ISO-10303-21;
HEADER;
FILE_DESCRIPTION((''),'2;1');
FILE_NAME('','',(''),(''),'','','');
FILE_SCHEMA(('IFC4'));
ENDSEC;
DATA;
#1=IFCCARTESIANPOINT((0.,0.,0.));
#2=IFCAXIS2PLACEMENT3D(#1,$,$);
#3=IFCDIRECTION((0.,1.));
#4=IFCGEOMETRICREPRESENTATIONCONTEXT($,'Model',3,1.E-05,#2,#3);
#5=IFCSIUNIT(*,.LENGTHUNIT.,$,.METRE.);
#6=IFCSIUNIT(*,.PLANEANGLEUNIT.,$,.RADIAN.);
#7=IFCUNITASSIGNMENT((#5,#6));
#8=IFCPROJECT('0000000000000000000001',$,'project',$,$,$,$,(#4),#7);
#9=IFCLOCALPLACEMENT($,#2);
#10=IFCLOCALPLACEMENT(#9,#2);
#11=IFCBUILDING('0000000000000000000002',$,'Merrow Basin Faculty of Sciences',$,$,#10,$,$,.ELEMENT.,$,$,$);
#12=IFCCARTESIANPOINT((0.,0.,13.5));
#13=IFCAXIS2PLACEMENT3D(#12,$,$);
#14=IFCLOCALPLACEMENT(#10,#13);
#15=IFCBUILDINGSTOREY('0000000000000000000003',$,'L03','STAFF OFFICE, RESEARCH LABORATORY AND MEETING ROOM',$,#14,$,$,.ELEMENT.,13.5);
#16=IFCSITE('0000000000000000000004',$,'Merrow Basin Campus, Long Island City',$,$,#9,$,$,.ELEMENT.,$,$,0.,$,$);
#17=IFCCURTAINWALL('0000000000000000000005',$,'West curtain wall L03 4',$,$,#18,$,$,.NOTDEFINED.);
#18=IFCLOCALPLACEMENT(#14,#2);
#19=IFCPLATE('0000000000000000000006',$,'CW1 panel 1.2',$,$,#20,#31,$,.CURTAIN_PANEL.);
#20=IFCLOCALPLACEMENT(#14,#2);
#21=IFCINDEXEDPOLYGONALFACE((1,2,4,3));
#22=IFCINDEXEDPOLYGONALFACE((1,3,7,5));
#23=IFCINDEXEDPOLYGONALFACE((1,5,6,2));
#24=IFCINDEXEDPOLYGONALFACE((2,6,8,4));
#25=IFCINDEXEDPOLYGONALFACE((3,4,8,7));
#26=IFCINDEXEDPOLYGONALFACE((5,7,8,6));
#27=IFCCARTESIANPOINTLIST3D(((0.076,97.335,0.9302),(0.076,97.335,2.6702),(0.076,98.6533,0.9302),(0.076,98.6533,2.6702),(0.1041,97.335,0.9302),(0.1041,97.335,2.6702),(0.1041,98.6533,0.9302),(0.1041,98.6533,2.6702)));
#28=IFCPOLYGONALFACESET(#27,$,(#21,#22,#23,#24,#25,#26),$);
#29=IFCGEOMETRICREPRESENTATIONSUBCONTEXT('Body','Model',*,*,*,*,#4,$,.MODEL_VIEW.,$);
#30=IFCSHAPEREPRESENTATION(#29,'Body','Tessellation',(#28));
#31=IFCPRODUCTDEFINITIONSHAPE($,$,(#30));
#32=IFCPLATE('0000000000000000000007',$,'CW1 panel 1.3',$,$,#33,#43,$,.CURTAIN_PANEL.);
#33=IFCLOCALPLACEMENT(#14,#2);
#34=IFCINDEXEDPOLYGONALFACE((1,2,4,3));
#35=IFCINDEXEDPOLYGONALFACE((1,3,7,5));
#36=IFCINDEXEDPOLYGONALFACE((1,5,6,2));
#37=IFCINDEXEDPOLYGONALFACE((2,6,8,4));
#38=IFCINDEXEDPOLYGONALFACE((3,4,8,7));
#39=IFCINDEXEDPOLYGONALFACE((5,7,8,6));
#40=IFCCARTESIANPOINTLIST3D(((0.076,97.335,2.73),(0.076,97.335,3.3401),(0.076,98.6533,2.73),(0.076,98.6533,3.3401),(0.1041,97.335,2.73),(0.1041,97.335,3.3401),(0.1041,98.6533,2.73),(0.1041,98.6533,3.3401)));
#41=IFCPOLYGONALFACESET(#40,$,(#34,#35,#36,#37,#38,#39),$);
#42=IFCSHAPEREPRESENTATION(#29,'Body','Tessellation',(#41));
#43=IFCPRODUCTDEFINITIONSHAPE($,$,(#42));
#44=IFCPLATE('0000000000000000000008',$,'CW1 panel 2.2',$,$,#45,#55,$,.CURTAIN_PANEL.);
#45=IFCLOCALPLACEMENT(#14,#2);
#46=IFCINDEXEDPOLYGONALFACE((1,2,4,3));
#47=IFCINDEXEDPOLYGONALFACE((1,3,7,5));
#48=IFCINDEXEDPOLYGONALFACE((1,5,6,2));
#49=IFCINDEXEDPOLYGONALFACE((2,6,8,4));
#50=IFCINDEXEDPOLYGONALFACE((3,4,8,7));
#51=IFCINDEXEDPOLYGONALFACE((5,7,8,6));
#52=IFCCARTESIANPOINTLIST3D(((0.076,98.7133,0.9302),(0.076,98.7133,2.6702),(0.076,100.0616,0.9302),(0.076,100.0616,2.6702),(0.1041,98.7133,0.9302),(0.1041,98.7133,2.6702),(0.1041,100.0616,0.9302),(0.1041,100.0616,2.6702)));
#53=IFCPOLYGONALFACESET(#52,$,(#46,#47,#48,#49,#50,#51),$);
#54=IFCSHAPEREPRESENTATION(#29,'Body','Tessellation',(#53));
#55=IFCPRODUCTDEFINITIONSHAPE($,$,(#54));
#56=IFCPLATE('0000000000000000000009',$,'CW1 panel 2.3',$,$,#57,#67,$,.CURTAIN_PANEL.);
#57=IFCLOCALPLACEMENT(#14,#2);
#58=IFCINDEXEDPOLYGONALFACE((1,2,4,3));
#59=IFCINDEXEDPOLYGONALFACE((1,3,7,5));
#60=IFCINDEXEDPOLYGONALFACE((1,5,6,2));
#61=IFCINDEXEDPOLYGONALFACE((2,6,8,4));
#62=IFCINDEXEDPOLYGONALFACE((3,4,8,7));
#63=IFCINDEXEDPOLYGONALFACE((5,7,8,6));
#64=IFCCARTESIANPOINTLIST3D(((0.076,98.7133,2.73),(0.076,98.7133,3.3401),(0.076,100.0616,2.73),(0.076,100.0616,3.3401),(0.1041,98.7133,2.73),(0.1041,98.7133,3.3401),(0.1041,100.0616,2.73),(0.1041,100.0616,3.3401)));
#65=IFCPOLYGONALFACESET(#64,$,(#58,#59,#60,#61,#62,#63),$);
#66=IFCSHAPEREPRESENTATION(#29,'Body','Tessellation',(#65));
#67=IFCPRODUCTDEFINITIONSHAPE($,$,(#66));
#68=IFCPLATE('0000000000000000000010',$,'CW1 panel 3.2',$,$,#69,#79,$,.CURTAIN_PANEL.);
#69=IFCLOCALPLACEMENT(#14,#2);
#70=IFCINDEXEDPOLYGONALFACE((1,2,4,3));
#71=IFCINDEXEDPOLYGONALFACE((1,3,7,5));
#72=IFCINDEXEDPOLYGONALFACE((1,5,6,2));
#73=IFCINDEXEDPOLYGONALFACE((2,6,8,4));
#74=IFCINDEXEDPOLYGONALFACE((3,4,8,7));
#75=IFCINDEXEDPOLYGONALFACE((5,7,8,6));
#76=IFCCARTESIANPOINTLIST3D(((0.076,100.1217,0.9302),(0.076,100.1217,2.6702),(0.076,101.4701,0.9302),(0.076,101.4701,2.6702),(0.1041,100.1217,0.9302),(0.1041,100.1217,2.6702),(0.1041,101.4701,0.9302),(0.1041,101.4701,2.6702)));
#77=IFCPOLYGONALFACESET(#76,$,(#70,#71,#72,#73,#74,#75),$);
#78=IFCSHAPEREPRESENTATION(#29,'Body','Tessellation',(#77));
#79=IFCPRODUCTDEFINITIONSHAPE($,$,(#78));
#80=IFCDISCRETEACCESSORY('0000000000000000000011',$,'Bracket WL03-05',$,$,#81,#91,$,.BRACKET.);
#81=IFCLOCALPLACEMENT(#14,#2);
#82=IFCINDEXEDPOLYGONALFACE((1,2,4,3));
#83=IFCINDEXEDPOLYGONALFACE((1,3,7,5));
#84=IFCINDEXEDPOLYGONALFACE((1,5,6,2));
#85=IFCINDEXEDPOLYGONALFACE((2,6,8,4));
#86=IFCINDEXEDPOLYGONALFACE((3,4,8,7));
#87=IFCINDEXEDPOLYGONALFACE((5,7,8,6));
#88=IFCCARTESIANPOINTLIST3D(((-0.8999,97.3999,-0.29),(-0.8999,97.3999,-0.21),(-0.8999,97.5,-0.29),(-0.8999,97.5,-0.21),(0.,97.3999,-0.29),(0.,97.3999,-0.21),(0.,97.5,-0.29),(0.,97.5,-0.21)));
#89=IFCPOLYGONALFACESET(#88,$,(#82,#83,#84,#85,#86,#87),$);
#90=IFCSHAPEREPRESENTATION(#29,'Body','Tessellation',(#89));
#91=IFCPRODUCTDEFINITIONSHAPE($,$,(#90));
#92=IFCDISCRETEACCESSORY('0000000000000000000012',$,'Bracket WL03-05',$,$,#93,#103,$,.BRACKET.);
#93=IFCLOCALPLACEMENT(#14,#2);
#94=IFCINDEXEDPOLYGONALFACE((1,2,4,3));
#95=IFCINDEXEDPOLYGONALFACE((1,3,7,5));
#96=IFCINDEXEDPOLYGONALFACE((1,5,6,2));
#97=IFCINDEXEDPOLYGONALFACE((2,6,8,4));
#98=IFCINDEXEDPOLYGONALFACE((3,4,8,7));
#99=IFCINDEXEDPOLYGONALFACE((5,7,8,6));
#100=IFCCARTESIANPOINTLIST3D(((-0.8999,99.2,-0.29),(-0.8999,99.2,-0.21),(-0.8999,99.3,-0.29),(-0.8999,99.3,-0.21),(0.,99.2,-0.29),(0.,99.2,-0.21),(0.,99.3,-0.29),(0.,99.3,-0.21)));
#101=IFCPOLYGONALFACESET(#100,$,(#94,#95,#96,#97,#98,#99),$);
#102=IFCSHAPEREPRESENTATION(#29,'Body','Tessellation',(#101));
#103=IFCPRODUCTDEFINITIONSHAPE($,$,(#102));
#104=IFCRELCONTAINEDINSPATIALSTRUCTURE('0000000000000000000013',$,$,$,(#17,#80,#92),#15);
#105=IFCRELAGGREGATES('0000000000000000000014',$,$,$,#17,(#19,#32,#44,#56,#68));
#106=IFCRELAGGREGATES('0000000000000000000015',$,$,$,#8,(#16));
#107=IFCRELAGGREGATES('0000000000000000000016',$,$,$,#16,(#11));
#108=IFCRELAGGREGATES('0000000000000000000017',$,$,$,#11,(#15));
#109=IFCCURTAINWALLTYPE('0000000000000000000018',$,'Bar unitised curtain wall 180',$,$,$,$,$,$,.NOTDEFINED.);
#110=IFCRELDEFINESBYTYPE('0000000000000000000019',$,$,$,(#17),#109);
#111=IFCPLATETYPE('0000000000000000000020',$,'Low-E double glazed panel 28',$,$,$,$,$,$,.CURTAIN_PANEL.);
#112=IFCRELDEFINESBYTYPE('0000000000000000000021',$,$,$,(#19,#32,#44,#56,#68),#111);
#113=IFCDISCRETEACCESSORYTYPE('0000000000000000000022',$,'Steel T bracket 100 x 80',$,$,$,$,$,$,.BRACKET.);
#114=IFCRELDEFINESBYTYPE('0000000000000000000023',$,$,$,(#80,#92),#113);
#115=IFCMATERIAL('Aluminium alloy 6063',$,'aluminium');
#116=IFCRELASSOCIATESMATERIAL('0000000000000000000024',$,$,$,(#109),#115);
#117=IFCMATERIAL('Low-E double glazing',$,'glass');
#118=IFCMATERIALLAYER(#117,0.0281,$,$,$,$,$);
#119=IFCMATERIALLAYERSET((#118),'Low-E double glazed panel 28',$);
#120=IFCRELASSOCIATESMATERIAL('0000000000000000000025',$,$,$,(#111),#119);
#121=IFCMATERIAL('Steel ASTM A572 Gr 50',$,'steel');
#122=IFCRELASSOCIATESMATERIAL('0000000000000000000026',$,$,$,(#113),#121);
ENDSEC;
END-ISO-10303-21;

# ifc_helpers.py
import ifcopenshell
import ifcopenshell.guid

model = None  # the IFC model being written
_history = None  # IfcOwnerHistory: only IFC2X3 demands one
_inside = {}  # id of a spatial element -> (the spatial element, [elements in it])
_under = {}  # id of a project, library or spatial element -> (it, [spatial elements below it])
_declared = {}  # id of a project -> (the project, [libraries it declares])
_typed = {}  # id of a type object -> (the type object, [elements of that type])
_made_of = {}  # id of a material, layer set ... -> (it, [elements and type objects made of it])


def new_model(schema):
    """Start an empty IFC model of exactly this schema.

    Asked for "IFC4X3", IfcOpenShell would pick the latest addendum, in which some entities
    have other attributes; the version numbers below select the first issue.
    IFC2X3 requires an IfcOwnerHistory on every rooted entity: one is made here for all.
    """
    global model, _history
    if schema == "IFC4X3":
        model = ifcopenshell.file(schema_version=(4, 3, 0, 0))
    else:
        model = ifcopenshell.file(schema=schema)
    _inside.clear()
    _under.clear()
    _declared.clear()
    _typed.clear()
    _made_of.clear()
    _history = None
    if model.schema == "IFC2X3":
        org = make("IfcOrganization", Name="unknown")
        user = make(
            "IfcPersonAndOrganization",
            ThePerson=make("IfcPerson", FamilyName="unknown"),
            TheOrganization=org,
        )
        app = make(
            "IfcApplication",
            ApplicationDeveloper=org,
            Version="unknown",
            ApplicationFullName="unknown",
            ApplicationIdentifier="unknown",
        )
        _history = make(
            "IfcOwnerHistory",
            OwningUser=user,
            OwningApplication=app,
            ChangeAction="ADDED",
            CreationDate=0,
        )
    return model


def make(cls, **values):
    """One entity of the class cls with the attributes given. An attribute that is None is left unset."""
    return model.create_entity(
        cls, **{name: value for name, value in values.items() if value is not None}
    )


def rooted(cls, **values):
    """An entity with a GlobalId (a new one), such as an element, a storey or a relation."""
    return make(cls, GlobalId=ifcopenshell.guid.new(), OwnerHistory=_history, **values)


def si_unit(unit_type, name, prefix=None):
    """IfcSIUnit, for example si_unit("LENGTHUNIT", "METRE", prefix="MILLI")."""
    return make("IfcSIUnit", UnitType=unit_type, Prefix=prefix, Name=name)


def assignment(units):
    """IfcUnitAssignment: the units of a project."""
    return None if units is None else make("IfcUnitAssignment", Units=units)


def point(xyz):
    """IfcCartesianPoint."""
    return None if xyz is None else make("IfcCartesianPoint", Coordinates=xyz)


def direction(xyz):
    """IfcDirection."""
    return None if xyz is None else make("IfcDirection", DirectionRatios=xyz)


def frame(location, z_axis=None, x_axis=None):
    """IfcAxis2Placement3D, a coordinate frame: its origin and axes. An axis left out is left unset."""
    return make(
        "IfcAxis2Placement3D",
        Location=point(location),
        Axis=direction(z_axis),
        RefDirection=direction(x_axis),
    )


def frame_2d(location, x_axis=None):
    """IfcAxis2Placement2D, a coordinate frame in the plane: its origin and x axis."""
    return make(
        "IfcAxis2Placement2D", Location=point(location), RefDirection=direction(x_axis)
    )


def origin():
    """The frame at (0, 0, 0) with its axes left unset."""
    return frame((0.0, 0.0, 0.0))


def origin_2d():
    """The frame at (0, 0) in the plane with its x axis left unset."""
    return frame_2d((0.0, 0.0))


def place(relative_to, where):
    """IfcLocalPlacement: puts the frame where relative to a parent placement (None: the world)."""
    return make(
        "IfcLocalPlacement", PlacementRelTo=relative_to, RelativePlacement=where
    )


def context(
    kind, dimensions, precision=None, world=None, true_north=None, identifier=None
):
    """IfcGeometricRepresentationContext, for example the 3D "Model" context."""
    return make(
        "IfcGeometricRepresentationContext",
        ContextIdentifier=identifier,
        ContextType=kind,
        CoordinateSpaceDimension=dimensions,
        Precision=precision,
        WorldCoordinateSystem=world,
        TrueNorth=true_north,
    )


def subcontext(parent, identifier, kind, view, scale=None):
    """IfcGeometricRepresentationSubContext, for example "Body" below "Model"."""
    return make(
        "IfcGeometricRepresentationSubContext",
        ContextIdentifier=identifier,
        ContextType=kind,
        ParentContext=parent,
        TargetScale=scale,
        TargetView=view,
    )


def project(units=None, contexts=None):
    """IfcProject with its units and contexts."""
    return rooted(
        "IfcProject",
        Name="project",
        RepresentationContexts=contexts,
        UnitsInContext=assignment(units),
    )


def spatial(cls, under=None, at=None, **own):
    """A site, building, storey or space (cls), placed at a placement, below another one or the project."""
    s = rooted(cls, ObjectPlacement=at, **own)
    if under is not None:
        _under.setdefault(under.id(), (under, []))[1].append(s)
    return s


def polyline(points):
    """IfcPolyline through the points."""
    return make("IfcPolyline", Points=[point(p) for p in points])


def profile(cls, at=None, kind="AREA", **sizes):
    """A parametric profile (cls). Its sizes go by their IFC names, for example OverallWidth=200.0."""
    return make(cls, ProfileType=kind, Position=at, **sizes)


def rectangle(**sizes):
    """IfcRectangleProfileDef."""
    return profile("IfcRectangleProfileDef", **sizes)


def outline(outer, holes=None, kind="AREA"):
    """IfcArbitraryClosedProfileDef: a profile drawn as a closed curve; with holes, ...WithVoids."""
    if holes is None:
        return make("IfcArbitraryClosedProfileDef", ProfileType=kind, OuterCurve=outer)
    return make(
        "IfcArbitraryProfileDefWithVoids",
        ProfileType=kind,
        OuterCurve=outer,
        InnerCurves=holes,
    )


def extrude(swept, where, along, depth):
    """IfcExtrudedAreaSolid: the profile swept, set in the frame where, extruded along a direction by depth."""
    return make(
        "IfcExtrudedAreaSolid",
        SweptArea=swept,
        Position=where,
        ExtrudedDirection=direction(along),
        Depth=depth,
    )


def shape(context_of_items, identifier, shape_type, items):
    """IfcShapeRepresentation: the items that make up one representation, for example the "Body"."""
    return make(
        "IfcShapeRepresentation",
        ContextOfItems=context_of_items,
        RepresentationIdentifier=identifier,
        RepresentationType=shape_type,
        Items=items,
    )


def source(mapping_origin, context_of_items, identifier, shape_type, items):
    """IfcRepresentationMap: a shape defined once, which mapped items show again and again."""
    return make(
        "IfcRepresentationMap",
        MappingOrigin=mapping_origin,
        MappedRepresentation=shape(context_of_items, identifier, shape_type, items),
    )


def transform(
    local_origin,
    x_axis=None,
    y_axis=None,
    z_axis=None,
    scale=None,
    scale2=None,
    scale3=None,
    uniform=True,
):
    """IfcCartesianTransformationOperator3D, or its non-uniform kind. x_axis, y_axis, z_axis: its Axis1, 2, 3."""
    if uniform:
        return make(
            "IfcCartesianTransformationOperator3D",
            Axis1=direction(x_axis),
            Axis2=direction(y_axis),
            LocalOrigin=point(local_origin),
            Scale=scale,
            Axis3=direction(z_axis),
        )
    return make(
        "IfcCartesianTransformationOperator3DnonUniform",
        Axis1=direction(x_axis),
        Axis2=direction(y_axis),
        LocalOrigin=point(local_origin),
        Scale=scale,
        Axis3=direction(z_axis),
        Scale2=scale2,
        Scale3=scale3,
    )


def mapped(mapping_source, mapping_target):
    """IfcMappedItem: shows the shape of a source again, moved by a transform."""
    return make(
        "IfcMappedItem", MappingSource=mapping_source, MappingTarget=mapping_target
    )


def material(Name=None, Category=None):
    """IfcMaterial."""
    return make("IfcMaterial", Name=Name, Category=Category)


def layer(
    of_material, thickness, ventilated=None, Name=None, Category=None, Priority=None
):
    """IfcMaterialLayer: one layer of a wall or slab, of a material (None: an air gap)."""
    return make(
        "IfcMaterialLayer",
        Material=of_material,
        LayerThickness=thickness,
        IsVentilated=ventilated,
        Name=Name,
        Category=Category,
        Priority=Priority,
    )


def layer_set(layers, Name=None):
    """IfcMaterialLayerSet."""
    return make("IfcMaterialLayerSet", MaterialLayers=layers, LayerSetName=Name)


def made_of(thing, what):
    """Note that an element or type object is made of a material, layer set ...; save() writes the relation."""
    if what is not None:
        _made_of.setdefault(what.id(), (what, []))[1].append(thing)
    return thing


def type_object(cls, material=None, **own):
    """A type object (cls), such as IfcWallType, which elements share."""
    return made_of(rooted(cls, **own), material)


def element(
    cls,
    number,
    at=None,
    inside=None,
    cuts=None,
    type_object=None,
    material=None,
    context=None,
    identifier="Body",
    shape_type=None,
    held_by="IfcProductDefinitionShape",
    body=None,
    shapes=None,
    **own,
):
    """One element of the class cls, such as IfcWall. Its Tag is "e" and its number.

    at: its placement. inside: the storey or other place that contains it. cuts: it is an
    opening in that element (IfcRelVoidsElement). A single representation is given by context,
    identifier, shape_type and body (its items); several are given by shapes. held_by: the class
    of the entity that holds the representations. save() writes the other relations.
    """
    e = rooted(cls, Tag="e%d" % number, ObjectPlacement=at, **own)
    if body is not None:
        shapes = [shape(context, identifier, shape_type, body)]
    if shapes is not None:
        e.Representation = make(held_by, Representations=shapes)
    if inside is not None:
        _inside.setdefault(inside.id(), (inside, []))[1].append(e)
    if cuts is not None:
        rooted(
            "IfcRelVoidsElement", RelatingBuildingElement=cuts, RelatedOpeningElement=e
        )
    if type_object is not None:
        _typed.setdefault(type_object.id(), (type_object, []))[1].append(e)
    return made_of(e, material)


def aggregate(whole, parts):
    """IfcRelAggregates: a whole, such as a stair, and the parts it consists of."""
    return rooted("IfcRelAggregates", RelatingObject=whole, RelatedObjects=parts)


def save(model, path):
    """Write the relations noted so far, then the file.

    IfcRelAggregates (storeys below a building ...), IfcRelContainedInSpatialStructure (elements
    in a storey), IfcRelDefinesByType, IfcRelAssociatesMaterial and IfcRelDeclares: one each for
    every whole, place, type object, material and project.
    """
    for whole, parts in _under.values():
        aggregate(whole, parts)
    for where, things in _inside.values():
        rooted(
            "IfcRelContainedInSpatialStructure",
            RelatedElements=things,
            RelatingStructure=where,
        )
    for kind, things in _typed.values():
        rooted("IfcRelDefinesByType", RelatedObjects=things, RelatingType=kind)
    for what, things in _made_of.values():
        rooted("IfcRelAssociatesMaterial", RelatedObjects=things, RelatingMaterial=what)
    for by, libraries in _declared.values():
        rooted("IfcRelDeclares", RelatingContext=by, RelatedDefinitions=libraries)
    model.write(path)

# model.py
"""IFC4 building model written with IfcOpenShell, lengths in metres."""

from ifc_helpers import new_model, si_unit, direction, frame, origin, origin_2d, place, context, subcontext, project, spatial, polyline, rectangle, outline, extrude, source, transform, mapped, material, layer, layer_set, type_object, element, aggregate, save


model = new_model("IFC4")

# Units and contexts
model_context = context("Model", 3, precision=1e-05, world=origin(), true_north=direction((0.0, 1.0)))
body_context = subcontext(model_context, "Body", "Model", "MODEL_VIEW")
ifc_project = project(units=[si_unit("LENGTHUNIT", "METRE"), si_unit("PLANEANGLEUNIT", "RADIAN")], contexts=[model_context])

# Site, building, storey
site_placement = place(None, origin())
site = spatial("IfcSite", under=ifc_project, at=site_placement, Name="Merrow Basin Campus, Long Island City", CompositionType="ELEMENT", RefElevation=0.0)
building_placement = place(site_placement, origin())
building = spatial("IfcBuilding", under=site, at=building_placement, Name="Merrow Basin Faculty of Sciences", CompositionType="ELEMENT")
storey_placement = place(building_placement, frame((0.0, 0.0, 13.5)))
storey = spatial("IfcBuildingStorey", under=building, at=storey_placement, Name="L03", Description="STAFF OFFICE, RESEARCH LABORATORY AND MEETING ROOM", CompositionType="ELEMENT", Elevation=13.5)

# Curtain wall, plates
ifc_material_1 = material(Name="Aluminium alloy 6063", Category="aluminium")
curtain_wall_type = type_object("IfcCurtainWallType", Name="Bar unitised curtain wall 180", PredefinedType="NOTDEFINED", material=ifc_material_1)
curtain_wall_placement = place(storey_placement, origin())
curtain_wall = element("IfcCurtainWall", 1, at=curtain_wall_placement, inside=storey, type_object=curtain_wall_type, Name="West curtain wall L03 4", PredefinedType="NOTDEFINED")
ifc_material_2 = material(Name="Low-E double glazing", Category="glass")
ifc_layer_1 = layer(ifc_material_2, 0.0281)
ifc_layer_set_1 = layer_set([ifc_layer_1], Name="Low-E double glazed panel 28")
plate_type_1 = type_object("IfcPlateType", Name="Low-E double glazed panel 28", PredefinedType="CURTAIN_PANEL", material=ifc_layer_set_1)
plate_1_placement = place(storey_placement, frame((0.0901, 97.9941, 0.9302), z_axis=(0.0, 0.0, 1.0), x_axis=(0.0, 1.0, 0.0)))
plate_1 = element("IfcPlate", 2, at=plate_1_placement, type_object=plate_type_1, Name="CW1 panel 1.2", PredefinedType="CURTAIN_PANEL", context=body_context, shape_type="SweptSolid", body=[
    extrude(rectangle(XDim=1.3184, YDim=0.0281, at=origin_2d()), origin(), (0.0, 0.0, 1.0), 1.74),
])
plate_2_placement = place(storey_placement, frame((0.0901, 97.9941, 2.73), z_axis=(0.0, 0.0, 1.0), x_axis=(0.0, 1.0, 0.0)))
plate_2 = element("IfcPlate", 3, at=plate_2_placement, type_object=plate_type_1, Name="CW1 panel 1.3", PredefinedType="CURTAIN_PANEL", context=body_context, shape_type="SweptSolid", body=[
    extrude(rectangle(XDim=1.3184, YDim=0.0281, at=origin_2d()), origin(), (0.0, 0.0, 1.0), 0.6101),
])
plate_3_placement = place(storey_placement, frame((0.0901, 99.3875, 0.9302), z_axis=(0.0, 0.0, 1.0), x_axis=(0.0, 1.0, 0.0)))
plate_3 = element("IfcPlate", 4, at=plate_3_placement, type_object=plate_type_1, Name="CW1 panel 2.2", PredefinedType="CURTAIN_PANEL", context=body_context, shape_type="SweptSolid", body=[
    extrude(rectangle(XDim=1.3484, YDim=0.0281, at=origin_2d()), origin(), (0.0, 0.0, 1.0), 1.74),
])
plate_4_placement = place(storey_placement, frame((0.0901, 99.3875, 2.73), z_axis=(0.0, 0.0, 1.0), x_axis=(0.0, 1.0, 0.0)))
plate_4 = element("IfcPlate", 5, at=plate_4_placement, type_object=plate_type_1, Name="CW1 panel 2.3", PredefinedType="CURTAIN_PANEL", context=body_context, shape_type="SweptSolid", body=[
    extrude(rectangle(XDim=1.3484, YDim=0.0281, at=origin_2d()), origin(), (0.0, 0.0, 1.0), 0.6101),
])
plate_5_placement = place(storey_placement, frame((0.0901, 100.7959, 0.9302), z_axis=(0.0, 0.0, 1.0), x_axis=(0.0, 1.0, 0.0)))
plate_5 = element("IfcPlate", 6, at=plate_5_placement, type_object=plate_type_1, Name="CW1 panel 3.2", PredefinedType="CURTAIN_PANEL", context=body_context, shape_type="SweptSolid", body=[
    extrude(rectangle(XDim=1.3484, YDim=0.0281, at=origin_2d()), origin(), (0.0, 0.0, 1.0), 1.74),
])
aggregate(curtain_wall, [plate_1, plate_2, plate_3, plate_4, plate_5])

# Discrete accessories
ifc_material_3 = material(Name="Steel ASTM A572 Gr 50", Category="steel")
discrete_accessory_type = type_object("IfcDiscreteAccessoryType", Name="Steel T bracket 100 x 80", PredefinedType="BRACKET", material=ifc_material_3)
shared_shape = source(origin(), body_context, "Body", "SweptSolid", [
    extrude(outline(polyline([(0.0, 0.0), (0.1001, 0.0), (0.1001, 0.0801), (0.0, 0.0801), (0.0, 0.0)])), origin(), (0.0, 0.0, 1.0), 0.8999),
])
for number, where, z_axis, x_axis, name in (
    (7, (-0.8999, 97.3999, -0.29), (1.0, 0.0, 0.0), (0.0, 1.0, 0.0), "Bracket WL03-05"),
    (8, (-0.8999, 99.2, -0.29), (1.0, 0.0, 0.0), (0.0, 1.0, 0.0), "Bracket WL03-05"),
):
    element("IfcDiscreteAccessory", number, at=place(storey_placement, frame(where, z_axis=z_axis, x_axis=x_axis)), inside=storey, type_object=discrete_accessory_type, Name=name, PredefinedType="BRACKET", context=body_context, shape_type="MappedRepresentation", body=[
        mapped(shared_shape, transform((0.0, 0.0, 0.0), scale=1.0)),
    ])

save(model, "model.ifc")
